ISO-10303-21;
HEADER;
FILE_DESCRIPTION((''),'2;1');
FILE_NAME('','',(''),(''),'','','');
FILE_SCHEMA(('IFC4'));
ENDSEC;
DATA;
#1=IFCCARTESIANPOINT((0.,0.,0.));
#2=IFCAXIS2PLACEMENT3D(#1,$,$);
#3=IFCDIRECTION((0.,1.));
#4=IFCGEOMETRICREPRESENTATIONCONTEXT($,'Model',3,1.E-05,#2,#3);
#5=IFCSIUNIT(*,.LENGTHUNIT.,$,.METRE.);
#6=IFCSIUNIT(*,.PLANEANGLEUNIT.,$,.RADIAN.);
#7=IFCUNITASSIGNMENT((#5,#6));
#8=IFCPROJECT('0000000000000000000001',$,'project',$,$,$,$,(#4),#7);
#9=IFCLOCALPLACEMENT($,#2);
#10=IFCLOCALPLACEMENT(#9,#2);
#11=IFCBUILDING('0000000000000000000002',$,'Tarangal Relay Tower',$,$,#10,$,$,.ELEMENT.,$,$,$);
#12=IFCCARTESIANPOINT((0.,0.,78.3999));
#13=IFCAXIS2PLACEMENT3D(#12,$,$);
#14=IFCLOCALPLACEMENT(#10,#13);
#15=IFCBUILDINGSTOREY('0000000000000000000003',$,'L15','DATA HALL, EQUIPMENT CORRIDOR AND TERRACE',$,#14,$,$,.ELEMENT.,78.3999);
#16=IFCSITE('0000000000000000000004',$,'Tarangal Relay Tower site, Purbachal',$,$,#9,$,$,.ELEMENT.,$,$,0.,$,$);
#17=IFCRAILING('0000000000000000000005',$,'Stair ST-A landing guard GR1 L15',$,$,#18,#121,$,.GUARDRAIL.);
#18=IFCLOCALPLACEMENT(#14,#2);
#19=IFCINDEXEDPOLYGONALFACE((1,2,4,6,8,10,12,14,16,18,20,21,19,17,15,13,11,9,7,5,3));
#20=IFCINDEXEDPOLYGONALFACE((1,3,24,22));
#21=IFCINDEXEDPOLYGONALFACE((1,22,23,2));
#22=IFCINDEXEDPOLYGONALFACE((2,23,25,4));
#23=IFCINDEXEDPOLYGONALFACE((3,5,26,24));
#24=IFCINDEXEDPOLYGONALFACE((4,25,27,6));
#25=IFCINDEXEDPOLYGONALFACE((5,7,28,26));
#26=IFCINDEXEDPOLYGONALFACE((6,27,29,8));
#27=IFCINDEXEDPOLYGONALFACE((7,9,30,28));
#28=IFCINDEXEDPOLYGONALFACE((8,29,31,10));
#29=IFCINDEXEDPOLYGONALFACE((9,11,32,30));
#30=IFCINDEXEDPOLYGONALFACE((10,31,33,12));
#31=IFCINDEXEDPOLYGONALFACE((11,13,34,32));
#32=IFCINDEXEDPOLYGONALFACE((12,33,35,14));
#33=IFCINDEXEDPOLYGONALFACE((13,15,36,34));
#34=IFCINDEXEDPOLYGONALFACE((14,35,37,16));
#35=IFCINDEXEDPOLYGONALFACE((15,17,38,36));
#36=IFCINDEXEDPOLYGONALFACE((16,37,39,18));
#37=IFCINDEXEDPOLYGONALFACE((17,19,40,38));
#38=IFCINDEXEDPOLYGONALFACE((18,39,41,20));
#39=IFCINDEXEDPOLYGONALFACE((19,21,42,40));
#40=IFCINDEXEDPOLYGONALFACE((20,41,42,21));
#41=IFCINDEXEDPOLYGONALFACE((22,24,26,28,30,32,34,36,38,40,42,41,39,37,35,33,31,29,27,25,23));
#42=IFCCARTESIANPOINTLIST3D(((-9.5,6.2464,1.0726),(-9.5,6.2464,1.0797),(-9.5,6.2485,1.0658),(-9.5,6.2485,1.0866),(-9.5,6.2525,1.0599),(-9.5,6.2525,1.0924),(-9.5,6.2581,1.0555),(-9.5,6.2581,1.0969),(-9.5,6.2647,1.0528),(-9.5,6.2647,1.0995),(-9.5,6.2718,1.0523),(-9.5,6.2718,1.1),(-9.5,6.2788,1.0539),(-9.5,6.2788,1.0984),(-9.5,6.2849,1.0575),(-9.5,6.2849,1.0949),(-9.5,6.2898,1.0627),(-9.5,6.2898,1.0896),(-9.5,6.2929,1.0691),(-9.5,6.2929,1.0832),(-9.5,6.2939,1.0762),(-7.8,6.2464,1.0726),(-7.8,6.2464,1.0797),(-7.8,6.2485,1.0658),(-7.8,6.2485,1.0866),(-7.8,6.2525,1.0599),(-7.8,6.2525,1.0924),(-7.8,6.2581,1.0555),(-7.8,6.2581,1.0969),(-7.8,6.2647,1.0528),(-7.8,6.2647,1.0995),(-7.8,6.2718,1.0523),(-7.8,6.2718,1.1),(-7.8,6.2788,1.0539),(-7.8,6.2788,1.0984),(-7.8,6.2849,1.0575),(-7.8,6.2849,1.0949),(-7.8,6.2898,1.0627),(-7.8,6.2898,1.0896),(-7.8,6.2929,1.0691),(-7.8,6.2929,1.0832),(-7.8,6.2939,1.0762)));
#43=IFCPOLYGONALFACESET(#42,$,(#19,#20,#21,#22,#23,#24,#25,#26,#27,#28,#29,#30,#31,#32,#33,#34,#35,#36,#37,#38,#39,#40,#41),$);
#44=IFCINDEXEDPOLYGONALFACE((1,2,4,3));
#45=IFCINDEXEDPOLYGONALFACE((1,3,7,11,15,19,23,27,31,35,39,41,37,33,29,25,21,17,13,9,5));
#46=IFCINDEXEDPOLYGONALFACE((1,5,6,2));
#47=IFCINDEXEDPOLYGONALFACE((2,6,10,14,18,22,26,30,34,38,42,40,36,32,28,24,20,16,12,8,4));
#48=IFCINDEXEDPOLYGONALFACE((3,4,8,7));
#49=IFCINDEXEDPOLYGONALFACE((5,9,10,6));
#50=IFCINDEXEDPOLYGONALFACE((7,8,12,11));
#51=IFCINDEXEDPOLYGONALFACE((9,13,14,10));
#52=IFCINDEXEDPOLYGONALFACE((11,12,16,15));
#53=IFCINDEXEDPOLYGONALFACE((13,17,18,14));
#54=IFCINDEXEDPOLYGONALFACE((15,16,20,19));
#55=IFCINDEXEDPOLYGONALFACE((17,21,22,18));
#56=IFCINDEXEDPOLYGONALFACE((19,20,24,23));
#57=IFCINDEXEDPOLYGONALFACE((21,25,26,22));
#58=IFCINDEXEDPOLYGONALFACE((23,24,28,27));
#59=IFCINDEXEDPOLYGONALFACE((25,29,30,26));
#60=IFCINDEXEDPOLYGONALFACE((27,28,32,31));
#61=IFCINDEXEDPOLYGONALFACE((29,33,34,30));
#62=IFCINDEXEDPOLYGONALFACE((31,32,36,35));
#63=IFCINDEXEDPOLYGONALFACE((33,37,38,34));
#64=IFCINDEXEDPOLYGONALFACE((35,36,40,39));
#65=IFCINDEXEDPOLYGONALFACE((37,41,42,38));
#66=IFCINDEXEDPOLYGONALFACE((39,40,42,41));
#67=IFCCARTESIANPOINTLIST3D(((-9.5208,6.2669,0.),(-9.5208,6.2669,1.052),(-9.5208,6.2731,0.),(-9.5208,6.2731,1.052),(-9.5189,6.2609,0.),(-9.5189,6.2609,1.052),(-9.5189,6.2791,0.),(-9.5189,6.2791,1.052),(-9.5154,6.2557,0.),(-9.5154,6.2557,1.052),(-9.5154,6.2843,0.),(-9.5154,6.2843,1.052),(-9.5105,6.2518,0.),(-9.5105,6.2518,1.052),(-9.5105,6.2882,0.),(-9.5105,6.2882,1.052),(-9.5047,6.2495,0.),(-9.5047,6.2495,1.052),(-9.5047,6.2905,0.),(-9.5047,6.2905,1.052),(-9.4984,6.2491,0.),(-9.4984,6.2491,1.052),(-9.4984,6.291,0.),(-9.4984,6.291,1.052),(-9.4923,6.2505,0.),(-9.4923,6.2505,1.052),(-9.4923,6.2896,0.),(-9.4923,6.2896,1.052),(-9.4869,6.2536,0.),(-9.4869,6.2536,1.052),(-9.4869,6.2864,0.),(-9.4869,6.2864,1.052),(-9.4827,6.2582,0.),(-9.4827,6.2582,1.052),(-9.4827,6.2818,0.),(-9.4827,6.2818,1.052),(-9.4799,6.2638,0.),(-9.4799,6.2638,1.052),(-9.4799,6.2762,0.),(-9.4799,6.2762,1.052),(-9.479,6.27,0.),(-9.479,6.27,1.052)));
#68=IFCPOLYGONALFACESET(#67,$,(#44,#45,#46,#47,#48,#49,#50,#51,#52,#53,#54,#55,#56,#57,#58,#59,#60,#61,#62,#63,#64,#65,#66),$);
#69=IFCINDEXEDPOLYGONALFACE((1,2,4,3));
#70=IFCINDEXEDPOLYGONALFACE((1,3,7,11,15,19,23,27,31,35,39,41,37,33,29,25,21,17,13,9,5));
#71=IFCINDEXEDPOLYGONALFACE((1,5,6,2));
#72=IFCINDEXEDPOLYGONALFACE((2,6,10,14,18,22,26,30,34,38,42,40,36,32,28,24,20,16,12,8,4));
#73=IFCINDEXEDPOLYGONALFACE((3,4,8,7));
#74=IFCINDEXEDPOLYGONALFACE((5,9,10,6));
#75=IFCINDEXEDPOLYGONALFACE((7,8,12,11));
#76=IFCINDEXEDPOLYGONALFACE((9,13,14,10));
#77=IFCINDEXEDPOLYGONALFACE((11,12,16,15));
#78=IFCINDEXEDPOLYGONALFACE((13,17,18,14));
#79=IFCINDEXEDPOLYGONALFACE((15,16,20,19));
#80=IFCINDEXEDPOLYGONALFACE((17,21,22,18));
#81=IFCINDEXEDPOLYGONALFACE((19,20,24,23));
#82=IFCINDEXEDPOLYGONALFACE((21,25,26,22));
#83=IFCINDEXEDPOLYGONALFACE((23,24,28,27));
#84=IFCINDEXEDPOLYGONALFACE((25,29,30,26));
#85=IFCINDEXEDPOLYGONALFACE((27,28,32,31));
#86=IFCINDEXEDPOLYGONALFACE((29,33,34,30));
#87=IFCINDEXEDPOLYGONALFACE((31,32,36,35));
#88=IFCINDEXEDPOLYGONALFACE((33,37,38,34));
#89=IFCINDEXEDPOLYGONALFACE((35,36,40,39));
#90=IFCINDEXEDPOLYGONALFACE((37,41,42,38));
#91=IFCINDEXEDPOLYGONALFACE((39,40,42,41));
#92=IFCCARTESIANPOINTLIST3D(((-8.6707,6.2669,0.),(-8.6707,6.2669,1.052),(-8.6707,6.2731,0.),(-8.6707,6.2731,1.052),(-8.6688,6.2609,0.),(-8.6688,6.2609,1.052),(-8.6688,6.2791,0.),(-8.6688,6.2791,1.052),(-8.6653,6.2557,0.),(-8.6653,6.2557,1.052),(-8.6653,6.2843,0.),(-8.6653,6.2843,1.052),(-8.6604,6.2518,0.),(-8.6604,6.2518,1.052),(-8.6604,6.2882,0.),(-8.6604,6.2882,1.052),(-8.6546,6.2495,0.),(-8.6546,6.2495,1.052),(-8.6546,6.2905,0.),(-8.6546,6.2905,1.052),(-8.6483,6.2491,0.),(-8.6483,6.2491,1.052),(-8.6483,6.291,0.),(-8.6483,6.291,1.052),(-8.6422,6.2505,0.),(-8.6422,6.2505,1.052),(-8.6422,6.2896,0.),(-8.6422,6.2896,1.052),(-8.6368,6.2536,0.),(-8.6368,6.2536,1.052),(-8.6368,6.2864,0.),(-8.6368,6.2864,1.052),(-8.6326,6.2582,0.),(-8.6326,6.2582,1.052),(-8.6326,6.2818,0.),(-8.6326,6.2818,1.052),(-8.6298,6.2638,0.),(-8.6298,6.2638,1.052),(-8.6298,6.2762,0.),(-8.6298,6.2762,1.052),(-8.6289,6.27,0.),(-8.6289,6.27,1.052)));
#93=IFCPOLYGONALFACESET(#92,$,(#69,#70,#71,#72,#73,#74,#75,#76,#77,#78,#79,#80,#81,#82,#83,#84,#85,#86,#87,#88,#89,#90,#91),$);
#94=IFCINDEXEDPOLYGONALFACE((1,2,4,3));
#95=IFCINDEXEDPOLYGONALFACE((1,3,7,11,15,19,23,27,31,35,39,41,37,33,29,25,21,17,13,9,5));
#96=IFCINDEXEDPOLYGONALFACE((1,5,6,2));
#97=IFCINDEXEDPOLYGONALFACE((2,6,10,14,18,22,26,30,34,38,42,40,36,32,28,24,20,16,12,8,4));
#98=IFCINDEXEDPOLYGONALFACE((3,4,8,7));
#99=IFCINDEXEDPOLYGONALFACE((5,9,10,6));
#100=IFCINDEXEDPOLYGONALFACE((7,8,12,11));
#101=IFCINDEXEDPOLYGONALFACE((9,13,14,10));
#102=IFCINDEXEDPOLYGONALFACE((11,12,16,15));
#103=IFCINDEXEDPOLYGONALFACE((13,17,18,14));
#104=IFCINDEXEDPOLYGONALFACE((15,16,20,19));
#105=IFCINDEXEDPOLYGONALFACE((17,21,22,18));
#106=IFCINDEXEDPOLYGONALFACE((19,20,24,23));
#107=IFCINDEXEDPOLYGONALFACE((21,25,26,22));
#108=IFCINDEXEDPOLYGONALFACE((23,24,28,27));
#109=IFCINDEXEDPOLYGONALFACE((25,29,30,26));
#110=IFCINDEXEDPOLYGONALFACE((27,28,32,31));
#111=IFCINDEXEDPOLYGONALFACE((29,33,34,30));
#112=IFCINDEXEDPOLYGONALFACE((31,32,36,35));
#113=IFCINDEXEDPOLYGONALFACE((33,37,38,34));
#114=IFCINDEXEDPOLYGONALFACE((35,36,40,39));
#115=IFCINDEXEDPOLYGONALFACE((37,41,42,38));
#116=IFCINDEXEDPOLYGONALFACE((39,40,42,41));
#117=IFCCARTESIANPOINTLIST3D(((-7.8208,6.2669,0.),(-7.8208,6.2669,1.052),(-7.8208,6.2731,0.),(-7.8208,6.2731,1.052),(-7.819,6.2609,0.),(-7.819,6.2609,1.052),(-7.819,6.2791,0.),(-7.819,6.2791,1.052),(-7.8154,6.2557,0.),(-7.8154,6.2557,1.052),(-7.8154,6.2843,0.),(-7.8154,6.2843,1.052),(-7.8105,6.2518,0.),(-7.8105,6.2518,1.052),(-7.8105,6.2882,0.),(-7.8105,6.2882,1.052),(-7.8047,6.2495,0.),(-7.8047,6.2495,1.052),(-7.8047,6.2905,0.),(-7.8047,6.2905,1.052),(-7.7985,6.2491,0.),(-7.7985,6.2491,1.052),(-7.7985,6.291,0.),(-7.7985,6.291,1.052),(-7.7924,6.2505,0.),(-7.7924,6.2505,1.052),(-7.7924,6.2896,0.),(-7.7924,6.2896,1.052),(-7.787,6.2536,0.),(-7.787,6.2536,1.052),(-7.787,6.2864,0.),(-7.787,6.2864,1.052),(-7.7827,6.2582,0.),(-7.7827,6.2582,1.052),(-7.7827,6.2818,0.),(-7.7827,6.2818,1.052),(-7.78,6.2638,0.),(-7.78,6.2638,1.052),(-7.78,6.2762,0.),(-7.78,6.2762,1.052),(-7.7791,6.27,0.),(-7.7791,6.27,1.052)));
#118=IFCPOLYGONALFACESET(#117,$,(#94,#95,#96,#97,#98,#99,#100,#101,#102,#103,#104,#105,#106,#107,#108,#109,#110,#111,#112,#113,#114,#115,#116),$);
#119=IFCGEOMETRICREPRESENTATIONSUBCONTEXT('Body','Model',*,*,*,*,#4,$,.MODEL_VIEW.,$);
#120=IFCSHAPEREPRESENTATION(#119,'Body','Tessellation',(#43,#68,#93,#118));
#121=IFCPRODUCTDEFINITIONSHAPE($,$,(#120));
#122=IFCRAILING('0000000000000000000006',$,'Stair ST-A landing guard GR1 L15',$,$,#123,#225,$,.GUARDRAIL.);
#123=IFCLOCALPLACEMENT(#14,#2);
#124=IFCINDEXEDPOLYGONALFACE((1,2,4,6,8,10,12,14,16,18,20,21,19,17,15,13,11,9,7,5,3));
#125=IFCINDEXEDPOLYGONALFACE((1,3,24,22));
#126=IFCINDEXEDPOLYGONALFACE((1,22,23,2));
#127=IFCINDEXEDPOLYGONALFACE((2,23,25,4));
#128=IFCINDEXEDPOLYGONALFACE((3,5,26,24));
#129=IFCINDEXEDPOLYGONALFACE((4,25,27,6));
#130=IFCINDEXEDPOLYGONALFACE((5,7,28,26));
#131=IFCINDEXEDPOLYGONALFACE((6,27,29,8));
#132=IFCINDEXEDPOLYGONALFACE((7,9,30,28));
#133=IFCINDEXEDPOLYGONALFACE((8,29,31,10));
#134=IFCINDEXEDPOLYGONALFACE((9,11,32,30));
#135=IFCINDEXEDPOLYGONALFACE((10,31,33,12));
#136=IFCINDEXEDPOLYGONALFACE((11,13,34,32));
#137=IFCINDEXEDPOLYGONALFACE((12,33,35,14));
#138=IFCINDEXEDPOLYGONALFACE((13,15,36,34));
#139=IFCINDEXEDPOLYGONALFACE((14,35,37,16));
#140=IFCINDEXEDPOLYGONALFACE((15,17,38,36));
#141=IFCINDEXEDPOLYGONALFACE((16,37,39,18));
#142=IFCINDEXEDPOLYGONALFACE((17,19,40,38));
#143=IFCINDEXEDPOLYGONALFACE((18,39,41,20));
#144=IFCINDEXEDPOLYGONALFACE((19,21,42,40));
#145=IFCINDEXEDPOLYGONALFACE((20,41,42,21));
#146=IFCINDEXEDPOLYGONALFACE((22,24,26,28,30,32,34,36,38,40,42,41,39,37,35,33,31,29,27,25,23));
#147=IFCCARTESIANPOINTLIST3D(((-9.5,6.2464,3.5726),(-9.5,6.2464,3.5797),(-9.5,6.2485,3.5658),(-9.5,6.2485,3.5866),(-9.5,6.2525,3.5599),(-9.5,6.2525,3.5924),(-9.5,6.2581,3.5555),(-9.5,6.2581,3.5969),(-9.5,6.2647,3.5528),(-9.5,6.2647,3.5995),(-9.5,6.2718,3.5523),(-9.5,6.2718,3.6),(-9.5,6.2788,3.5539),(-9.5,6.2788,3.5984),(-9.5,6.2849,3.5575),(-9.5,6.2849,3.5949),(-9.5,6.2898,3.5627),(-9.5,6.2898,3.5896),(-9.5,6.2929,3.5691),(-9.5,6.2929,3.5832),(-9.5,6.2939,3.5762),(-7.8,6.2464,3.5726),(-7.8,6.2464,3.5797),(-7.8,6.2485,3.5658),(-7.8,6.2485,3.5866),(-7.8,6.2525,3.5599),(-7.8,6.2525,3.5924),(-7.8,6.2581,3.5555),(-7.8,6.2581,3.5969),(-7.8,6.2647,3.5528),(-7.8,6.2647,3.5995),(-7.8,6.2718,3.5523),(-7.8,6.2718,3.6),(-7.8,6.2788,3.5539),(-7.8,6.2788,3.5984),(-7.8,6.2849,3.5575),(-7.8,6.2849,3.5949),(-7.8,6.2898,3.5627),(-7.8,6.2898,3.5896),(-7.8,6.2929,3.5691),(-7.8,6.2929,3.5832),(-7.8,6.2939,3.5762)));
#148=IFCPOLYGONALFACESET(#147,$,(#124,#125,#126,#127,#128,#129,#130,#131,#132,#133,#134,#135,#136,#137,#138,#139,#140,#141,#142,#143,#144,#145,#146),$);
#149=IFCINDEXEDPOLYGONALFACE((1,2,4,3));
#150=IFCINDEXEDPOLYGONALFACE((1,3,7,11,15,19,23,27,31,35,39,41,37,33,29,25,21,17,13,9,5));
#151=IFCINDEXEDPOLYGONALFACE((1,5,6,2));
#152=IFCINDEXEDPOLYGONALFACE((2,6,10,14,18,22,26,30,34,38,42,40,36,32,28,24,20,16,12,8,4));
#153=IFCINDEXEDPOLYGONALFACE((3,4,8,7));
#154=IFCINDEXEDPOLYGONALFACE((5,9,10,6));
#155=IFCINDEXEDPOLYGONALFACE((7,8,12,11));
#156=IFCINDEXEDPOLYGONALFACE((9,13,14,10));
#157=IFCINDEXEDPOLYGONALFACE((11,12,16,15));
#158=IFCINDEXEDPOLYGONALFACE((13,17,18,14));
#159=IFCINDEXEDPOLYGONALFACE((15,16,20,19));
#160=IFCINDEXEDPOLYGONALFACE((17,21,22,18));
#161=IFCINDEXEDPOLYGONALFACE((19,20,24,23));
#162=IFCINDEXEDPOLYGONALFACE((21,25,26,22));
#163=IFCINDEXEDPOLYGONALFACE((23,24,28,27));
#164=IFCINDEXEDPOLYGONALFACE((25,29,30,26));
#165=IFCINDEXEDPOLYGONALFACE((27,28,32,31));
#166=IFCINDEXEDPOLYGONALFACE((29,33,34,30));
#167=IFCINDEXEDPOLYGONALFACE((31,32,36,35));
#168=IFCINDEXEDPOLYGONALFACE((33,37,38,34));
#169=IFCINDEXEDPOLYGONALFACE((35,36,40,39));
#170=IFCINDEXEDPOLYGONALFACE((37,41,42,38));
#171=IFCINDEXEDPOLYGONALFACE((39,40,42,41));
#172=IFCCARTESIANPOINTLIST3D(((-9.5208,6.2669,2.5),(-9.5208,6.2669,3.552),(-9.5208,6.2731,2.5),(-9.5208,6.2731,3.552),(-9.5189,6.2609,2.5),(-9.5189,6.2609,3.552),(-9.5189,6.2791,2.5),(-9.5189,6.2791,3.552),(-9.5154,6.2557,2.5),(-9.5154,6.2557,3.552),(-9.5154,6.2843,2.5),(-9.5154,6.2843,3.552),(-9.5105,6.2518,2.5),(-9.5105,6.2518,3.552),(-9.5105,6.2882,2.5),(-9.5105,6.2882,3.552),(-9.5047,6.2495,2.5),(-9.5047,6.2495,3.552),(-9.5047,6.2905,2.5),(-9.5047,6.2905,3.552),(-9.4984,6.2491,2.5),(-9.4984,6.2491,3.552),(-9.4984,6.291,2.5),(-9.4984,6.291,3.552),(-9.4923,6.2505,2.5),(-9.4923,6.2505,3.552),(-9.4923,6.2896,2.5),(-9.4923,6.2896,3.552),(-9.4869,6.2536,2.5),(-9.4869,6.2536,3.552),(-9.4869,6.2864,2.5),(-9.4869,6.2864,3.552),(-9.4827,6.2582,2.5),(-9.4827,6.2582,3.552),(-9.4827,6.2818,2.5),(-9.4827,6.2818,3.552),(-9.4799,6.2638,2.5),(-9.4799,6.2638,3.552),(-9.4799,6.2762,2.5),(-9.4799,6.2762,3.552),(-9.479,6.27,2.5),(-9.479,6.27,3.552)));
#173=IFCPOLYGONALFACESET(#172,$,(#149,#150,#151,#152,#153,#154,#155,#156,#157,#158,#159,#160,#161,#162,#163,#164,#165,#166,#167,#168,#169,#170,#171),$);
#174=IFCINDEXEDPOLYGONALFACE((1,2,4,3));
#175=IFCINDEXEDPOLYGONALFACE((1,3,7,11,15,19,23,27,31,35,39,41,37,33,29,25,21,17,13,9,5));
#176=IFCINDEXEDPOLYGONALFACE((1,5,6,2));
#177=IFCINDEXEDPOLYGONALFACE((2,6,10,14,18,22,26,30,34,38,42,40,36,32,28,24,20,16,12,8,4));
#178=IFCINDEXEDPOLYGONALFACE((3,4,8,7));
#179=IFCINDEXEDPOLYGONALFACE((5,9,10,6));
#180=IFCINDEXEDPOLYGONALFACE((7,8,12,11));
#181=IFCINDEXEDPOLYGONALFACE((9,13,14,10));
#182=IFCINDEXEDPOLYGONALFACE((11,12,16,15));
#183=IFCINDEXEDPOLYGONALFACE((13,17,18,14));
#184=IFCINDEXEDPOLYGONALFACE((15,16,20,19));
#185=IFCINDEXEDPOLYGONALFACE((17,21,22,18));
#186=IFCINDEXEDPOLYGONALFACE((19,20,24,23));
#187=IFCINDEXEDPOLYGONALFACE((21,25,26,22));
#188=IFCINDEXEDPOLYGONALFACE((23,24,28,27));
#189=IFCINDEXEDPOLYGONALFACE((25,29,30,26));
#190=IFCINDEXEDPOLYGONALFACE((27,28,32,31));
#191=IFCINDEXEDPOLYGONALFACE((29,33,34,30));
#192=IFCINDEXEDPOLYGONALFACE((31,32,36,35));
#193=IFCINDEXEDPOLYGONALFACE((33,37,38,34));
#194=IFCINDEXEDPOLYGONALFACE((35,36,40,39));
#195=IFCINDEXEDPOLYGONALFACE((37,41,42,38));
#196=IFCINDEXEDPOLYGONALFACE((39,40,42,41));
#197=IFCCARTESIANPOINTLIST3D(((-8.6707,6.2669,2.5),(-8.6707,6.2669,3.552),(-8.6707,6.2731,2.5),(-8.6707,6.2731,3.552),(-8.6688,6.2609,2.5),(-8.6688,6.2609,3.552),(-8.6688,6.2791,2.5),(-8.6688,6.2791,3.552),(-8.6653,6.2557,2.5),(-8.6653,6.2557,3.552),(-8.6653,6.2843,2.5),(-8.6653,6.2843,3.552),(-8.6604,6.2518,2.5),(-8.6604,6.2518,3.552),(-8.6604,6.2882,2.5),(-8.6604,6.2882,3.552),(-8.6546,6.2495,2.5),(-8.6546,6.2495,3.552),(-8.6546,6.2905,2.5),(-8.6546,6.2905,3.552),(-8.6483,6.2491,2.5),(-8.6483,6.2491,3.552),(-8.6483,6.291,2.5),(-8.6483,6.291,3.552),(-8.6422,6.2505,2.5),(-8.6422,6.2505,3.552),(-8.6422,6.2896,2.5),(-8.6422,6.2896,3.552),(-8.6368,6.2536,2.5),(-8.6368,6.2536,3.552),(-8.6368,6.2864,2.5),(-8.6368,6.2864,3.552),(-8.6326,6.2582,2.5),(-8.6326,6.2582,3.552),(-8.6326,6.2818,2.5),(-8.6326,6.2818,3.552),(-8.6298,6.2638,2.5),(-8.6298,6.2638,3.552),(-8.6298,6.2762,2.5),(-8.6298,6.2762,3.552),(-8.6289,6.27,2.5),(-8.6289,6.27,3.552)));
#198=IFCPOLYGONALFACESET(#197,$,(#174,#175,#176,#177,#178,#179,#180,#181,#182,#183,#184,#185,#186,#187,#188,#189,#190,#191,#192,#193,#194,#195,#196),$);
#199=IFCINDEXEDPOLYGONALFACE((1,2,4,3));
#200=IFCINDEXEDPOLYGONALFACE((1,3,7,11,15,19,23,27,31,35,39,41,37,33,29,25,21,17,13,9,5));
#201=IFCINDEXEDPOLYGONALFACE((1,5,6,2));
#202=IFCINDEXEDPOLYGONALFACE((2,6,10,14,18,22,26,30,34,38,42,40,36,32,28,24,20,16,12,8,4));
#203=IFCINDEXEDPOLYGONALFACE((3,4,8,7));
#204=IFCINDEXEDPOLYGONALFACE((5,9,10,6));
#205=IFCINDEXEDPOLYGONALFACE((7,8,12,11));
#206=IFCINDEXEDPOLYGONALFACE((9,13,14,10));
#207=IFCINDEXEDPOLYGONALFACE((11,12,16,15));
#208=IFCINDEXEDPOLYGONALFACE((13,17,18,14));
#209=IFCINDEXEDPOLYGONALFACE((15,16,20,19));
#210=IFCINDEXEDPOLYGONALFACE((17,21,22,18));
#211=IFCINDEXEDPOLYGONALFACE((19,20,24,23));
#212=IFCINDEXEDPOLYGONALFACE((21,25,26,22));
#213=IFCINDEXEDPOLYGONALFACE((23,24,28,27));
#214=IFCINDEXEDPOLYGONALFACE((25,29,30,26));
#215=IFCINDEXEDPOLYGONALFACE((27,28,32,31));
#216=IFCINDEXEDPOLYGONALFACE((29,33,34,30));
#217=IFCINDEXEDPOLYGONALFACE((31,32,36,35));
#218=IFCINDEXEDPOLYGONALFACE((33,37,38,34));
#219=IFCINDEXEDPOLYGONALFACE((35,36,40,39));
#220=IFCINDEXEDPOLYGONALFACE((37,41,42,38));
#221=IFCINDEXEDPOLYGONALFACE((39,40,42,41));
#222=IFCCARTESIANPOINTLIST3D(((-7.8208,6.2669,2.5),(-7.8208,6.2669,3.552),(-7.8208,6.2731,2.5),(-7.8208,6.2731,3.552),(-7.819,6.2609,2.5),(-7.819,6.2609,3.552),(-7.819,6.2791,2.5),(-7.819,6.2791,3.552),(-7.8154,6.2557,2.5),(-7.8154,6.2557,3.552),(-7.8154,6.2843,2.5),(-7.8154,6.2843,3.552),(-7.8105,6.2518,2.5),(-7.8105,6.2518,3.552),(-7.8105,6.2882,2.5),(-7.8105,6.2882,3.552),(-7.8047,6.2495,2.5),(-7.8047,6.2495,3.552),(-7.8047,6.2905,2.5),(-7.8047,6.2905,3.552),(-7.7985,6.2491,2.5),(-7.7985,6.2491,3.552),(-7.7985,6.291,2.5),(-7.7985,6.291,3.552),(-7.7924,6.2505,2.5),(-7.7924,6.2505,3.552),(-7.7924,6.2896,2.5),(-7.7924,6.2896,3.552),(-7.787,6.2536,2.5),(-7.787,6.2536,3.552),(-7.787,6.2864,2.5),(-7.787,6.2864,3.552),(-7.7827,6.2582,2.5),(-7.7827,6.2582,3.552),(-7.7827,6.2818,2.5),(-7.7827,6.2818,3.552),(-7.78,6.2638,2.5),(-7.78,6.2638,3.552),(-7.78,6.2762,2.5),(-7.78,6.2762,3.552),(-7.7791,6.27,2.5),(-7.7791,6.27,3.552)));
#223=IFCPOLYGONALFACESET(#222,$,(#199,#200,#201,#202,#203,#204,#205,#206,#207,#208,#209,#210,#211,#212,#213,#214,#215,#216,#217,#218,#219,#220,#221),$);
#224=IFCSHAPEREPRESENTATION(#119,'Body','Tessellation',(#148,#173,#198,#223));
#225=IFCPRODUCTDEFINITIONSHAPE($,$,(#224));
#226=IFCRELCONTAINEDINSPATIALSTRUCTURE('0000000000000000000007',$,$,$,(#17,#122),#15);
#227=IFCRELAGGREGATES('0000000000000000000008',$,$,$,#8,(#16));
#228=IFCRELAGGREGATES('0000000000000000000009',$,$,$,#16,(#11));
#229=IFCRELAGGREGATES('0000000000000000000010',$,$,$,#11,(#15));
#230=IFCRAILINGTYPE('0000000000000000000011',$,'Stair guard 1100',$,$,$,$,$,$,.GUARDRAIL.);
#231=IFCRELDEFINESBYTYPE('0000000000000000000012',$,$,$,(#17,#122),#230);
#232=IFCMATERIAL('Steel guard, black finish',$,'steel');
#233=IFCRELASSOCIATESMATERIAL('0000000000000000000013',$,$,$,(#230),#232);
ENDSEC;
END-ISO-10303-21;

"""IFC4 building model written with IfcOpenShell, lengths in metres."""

from ifc_helpers import new_model, si_unit, direction, frame, origin, origin_2d, place, context, subcontext, project, spatial, circle, extrude, material, type_object, element, save


model = new_model("IFC4")

# Units and contexts
model_context = context("Model", 3, precision=1e-05, world=origin(), true_north=direction((0.0, 1.0)))
body_context = subcontext(model_context, "Body", "Model", "MODEL_VIEW")
ifc_project = project(units=[si_unit("LENGTHUNIT", "METRE"), si_unit("PLANEANGLEUNIT", "RADIAN")], contexts=[model_context])

# Site, building, storey
site_placement = place(None, origin())
site = spatial("IfcSite", under=ifc_project, at=site_placement, Name="Tarangal Relay Tower site, Purbachal", CompositionType="ELEMENT", RefElevation=0.0)
building_placement = place(site_placement, origin())
building = spatial("IfcBuilding", under=site, at=building_placement, Name="Tarangal Relay Tower", CompositionType="ELEMENT")
storey_placement = place(building_placement, frame((0.0, 0.0, 78.3999)))
storey = spatial("IfcBuildingStorey", under=building, at=storey_placement, Name="L15", Description="DATA HALL, EQUIPMENT CORRIDOR AND TERRACE", CompositionType="ELEMENT", Elevation=78.3999)

# Railings
ifc_material_1 = material(Name="Steel guard, black finish", Category="steel")
railing_type_1 = type_object("IfcRailingType", Name="Stair guard 1100", PredefinedType="GUARDRAIL", material=ifc_material_1)
for number, where, name in (
    (1, (-9.5, 6.27, 0.0), "Stair ST-A landing guard GR1 L15"),
    (2, (-9.5, 6.27, 2.5), "Stair ST-A landing guard GR1 L15"),
):
    element("IfcRailing", number, at=place(storey_placement, frame(where)), inside=storey, type_object=railing_type_1, Name=name, PredefinedType="GUARDRAIL", context=body_context, shape_type="SweptSolid", body=[
        extrude(circle(Radius=0.0239, at=origin_2d()), frame((0.0, 0.0, 1.0762), z_axis=(1.0, 0.0, 0.0), x_axis=(0.0, 1.0, 0.0)), (0.0, 0.0, 1.0), 1.7),
        extrude(circle(Radius=0.021, at=origin_2d()), origin(), (0.0, 0.0, 1.0), 1.052),
        extrude(circle(Radius=0.021, at=origin_2d()), frame((0.8501, 0.0, 0.0)), (0.0, 0.0, 1.0), 1.052),
        extrude(circle(Radius=0.021, at=origin_2d()), frame((1.7, 0.0, 0.0)), (0.0, 0.0, 1.0), 1.052),
    ])

save(model, "model.ifc")
